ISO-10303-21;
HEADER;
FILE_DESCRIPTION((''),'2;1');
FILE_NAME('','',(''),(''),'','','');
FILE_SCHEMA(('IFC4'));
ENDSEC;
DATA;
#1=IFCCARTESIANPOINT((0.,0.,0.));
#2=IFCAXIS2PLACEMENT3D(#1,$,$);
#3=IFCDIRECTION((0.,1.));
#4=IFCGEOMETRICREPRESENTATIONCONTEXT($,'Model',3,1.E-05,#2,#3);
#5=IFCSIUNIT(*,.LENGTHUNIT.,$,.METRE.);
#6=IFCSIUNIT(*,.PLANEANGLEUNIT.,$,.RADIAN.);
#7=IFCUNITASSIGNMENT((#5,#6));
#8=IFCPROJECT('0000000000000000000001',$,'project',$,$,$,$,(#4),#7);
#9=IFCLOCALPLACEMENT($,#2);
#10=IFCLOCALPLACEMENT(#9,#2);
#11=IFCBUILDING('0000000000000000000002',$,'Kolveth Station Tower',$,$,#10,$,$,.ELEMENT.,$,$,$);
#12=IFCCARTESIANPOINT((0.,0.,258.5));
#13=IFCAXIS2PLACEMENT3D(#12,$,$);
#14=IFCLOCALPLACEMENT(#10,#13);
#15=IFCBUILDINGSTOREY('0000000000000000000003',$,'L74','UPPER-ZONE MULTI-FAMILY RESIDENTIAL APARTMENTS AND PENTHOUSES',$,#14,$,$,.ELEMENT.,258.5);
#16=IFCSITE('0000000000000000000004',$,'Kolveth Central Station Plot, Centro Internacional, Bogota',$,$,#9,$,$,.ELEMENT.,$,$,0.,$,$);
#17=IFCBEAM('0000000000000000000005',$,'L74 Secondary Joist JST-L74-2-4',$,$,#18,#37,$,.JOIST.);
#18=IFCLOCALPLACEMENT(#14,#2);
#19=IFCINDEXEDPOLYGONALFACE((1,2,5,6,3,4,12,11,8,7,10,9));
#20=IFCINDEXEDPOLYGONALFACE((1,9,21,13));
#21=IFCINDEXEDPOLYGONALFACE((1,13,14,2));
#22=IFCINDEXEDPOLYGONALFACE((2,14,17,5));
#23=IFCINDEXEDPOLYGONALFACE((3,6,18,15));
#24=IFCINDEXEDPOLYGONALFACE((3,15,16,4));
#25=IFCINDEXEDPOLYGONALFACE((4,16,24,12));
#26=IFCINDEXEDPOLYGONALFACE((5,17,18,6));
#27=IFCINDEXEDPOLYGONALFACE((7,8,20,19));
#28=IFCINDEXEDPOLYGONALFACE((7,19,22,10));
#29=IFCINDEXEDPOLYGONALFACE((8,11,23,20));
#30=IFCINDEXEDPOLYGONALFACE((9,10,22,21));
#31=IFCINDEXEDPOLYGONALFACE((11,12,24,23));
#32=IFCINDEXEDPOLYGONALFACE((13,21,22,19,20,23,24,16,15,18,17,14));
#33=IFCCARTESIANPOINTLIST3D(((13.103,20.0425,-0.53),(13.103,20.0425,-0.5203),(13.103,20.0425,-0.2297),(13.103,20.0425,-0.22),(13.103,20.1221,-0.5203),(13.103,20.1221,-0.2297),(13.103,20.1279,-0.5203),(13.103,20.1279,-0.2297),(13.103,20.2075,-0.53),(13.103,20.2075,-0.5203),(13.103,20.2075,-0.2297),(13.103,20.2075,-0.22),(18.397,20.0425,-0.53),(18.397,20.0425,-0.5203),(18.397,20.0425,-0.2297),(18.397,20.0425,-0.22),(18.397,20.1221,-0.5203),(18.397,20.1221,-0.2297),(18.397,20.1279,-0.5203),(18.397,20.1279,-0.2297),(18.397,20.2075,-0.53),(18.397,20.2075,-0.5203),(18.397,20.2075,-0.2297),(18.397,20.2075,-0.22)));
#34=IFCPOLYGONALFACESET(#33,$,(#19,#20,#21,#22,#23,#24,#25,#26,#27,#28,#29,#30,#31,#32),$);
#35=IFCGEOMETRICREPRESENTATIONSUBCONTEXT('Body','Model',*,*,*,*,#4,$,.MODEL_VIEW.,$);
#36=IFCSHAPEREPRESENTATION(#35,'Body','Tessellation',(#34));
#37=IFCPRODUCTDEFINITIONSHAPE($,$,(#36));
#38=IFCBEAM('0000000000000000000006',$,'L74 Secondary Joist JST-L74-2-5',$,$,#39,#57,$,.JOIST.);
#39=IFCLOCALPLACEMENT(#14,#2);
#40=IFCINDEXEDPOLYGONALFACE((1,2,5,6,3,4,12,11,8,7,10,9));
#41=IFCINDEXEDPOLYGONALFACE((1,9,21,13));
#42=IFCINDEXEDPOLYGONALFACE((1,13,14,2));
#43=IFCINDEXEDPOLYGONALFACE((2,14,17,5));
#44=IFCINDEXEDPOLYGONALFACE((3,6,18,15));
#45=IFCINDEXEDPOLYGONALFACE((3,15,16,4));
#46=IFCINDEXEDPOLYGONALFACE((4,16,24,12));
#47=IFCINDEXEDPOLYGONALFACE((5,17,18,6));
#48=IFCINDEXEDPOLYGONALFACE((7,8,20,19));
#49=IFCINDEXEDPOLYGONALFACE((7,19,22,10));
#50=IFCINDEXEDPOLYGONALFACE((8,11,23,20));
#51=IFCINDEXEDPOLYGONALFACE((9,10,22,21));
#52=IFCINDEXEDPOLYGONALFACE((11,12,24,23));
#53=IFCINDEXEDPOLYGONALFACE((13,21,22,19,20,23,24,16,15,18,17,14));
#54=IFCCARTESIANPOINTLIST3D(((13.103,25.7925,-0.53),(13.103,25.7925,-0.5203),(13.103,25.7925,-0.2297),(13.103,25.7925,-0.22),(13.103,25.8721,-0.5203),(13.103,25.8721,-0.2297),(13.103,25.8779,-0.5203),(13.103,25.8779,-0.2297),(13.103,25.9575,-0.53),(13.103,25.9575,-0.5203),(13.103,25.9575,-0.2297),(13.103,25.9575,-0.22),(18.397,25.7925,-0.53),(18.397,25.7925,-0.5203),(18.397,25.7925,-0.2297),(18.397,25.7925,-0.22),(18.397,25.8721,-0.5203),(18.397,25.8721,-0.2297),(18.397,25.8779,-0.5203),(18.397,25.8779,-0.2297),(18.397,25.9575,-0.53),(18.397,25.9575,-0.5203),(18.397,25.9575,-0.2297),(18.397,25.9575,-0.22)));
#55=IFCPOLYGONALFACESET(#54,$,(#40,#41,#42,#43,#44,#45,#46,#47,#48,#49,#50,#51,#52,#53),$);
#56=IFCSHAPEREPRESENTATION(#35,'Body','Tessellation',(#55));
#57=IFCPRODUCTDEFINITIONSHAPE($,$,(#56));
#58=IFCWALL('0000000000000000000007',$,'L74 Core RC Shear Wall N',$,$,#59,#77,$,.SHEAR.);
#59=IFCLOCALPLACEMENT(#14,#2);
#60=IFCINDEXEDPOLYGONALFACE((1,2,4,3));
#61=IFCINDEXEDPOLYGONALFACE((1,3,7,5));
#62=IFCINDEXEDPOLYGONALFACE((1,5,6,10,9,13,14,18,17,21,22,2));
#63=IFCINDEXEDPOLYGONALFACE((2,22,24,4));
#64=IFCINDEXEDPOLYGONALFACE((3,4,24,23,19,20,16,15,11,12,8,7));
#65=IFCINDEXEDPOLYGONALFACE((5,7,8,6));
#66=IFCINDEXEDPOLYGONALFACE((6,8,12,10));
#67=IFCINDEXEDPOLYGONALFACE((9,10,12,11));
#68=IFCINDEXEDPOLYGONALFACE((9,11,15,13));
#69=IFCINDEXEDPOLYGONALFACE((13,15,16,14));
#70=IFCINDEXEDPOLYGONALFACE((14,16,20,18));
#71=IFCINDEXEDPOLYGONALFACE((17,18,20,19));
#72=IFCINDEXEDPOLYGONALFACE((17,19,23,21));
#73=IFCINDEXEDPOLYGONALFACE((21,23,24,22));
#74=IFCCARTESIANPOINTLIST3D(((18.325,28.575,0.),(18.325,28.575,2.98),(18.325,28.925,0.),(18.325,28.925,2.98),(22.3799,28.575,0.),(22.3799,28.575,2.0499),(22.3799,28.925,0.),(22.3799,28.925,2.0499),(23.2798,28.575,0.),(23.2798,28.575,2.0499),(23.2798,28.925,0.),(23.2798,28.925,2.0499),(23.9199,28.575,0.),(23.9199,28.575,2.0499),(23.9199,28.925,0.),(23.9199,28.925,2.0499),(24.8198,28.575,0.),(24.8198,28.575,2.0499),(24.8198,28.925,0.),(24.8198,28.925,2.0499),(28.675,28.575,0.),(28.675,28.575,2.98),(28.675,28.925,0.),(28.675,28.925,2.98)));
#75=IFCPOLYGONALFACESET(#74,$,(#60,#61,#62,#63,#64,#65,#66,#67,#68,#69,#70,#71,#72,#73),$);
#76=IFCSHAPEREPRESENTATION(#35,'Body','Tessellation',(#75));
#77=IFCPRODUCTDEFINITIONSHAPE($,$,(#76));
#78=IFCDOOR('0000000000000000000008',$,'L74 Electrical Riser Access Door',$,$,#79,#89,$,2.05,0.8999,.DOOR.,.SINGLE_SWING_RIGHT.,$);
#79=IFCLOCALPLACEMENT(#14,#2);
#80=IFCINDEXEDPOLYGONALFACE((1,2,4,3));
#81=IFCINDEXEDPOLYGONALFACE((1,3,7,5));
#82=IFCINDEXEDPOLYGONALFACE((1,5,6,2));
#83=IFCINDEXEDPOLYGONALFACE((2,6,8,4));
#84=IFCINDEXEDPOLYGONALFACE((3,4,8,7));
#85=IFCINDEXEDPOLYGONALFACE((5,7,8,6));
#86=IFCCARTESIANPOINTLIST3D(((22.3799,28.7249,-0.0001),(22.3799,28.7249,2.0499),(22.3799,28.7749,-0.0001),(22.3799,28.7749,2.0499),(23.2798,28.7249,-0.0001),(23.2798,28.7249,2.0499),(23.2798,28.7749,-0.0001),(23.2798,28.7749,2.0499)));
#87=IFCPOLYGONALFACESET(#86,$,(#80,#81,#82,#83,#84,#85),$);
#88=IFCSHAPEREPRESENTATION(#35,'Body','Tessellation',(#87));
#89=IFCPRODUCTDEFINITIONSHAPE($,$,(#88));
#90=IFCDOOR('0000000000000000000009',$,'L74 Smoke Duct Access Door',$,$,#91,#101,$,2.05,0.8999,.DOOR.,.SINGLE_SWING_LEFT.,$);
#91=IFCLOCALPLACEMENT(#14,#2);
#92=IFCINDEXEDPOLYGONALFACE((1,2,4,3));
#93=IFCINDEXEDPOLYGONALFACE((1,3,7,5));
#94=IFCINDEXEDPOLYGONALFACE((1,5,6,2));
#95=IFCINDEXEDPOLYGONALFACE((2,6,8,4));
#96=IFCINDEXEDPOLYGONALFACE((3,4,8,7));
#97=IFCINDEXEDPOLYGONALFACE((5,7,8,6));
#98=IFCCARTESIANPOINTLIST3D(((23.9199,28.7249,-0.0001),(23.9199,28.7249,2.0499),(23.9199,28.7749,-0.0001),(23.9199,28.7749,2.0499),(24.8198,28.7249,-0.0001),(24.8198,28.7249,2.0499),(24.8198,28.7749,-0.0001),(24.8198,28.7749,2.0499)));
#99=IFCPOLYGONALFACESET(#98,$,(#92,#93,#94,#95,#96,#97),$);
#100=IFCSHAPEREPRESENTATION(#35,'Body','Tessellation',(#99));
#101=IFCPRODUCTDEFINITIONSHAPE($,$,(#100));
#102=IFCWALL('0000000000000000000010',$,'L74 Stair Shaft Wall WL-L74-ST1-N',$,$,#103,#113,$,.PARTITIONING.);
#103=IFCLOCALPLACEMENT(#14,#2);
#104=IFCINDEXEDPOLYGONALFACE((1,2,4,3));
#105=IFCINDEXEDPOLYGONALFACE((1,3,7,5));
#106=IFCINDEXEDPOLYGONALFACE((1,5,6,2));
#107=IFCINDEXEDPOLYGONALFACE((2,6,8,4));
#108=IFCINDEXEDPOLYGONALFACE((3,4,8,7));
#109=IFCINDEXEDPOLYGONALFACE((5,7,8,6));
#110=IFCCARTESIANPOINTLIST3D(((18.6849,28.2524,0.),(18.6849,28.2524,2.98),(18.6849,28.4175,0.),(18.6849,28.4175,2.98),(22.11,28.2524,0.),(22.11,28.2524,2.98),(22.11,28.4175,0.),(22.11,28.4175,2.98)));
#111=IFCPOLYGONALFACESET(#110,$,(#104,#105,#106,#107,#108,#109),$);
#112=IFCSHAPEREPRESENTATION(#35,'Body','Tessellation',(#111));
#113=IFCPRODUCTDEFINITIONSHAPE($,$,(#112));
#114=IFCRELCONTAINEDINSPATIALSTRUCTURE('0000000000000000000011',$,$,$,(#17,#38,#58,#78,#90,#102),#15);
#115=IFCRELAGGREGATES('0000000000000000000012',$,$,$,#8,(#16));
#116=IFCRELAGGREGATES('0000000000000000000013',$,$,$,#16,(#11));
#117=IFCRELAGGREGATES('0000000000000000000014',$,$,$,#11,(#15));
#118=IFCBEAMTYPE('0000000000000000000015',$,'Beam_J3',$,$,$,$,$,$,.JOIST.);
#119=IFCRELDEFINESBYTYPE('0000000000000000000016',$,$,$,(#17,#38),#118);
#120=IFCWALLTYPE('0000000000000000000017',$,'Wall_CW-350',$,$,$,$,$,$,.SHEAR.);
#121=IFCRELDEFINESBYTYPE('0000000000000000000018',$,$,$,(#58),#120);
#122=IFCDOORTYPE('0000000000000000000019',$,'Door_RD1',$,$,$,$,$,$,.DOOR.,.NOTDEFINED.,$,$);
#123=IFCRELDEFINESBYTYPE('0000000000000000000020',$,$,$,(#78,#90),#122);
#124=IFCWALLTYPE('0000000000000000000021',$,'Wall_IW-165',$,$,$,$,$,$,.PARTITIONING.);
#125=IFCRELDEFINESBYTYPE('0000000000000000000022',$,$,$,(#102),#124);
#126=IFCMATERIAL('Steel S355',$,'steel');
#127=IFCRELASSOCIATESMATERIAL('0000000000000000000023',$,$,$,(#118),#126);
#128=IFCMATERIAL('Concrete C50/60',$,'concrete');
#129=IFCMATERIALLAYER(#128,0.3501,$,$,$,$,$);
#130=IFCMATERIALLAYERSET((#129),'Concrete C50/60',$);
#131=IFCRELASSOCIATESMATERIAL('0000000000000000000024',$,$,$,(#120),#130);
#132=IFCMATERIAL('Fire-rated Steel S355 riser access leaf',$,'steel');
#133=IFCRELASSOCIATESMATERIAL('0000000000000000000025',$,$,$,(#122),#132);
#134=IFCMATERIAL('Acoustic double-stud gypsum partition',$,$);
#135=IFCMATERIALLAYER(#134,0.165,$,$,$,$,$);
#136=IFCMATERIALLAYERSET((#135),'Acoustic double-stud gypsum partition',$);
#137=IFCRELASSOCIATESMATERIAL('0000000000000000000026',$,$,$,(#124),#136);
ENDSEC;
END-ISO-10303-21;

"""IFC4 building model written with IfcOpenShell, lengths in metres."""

from ifc_helpers import new_model, si_unit, direction, frame, frame_2d, origin, origin_2d, place, context, subcontext, project, spatial, rectangle, i_section, extrude, source, transform, mapped, material, layer, layer_set, material_profile, profile_set, type_object, element, fill, save


model = new_model("IFC4")

# Units and contexts
model_context = context("Model", 3, precision=1e-05, world=origin(), true_north=direction((0.0, 1.0)))
body_context = subcontext(model_context, "Body", "Model", "MODEL_VIEW")
ifc_project = project(units=[si_unit("LENGTHUNIT", "METRE"), si_unit("PLANEANGLEUNIT", "RADIAN")], contexts=[model_context])

# Site, building, storey
site_placement = place(None, origin())
site = spatial("IfcSite", under=ifc_project, at=site_placement, Name="Kolveth Central Station Plot, Centro Internacional, Bogota", CompositionType="ELEMENT", RefElevation=0.0)
building_placement = place(site_placement, origin())
building = spatial("IfcBuilding", under=site, at=building_placement, Name="Kolveth Station Tower", CompositionType="ELEMENT")
storey_placement = place(building_placement, frame((0.0, 0.0, 258.5)))
storey = spatial("IfcBuildingStorey", under=building, at=storey_placement, Name="L74", Description="UPPER-ZONE MULTI-FAMILY RESIDENTIAL APARTMENTS AND PENTHOUSES", CompositionType="ELEMENT", Elevation=258.5)

# Shared definitions
ifc_material_1 = material(Name="Steel S355", Category="steel")

# Beams
ifc_material_profile_1 = material_profile(ifc_material_1, i_section(OverallWidth=0.165, OverallDepth=0.3101, WebThickness=0.0059, FlangeThickness=0.0098, at=origin_2d()), Name="W310x39")
ifc_profile_set_1 = profile_set([ifc_material_profile_1], Name="Steel S355")
beam_type_1 = type_object("IfcBeamType", Name="Beam_J3", PredefinedType="JOIST", material=ifc_profile_set_1)
shared_shape_1 = source(origin(), body_context, "Body", "SweptSolid", [
    extrude(i_section(OverallWidth=0.165, OverallDepth=0.3101, WebThickness=0.0059, FlangeThickness=0.0098, at=origin_2d()), origin(), (0.0, 0.0, 1.0), 5.2939),
])
for number, where, z_axis, x_axis, name in (
    (1, (13.103, 20.125, -0.375), (1.0, 0.0, 0.0), (0.0, 1.0, 0.0), "L74 Secondary Joist JST-L74-2-4"),
    (2, (13.103, 25.875, -0.375), (1.0, 0.0, 0.0), (0.0, 1.0, 0.0), "L74 Secondary Joist JST-L74-2-5"),
):
    element("IfcBeam", number, at=place(storey_placement, frame(where, z_axis=z_axis, x_axis=x_axis)), inside=storey, type_object=beam_type_1, Name=name, PredefinedType="JOIST", context=body_context, shape_type="MappedRepresentation", body=[
        mapped(shared_shape_1, transform((0.0, 0.0, 0.0), x_axis=(1.0, 0.0, 0.0), y_axis=(0.0, 1.0, 0.0), z_axis=(0.0, 0.0, 1.0), scale=1.0)),
    ])

# Wall, openings, doors
ifc_material_2 = material(Name="Concrete C50/60", Category="concrete")
ifc_layer_1 = layer(ifc_material_2, 0.3501)
ifc_layer_set_1 = layer_set([ifc_layer_1], Name="Concrete C50/60")
wall_type_1 = type_object("IfcWallType", Name="Wall_CW-350", PredefinedType="SHEAR", material=ifc_layer_set_1)
wall_1_placement = place(storey_placement, frame((18.325, 28.75, 0.0), z_axis=(0.0, 0.0, 1.0), x_axis=(1.0, 0.0, 0.0)))
wall_1 = element("IfcWall", 3, at=wall_1_placement, inside=storey, type_object=wall_type_1, Name="L74 Core RC Shear Wall N", PredefinedType="SHEAR", context=body_context, shape_type="SweptSolid", body=[
    extrude(rectangle(XDim=10.3501, YDim=0.3501, at=frame_2d((5.175, 0.0))), origin(), (0.0, 0.0, 1.0), 2.98),
])
opening_1_placement = place(wall_1_placement, frame((4.0549, 0.0, 0.0)))
opening_1 = element("IfcOpeningElement", 4, at=opening_1_placement, cuts=wall_1, PredefinedType="OPENING", context=body_context, shape_type="SweptSolid", body=[
    extrude(rectangle(XDim=0.8999, YDim=2.05, at=frame_2d((0.45, 1.0249))), frame((0.0, 0.1851, 0.0), z_axis=(0.0, -1.0, 0.0), x_axis=(1.0, 0.0, 0.0)), (0.0, 0.0, 1.0), 0.3701),
])
opening_2_placement = place(wall_1_placement, frame((5.595, 0.0, 0.0)))
opening_2 = element("IfcOpeningElement", 5, at=opening_2_placement, cuts=wall_1, PredefinedType="OPENING", context=body_context, shape_type="SweptSolid", body=[
    extrude(rectangle(XDim=0.8999, YDim=2.05, at=frame_2d((0.45, 1.0249))), frame((0.0, 0.1851, 0.0), z_axis=(0.0, -1.0, 0.0), x_axis=(1.0, 0.0, 0.0)), (0.0, 0.0, 1.0), 0.3701),
])
ifc_material_3 = material(Name="Fire-rated Steel S355 riser access leaf", Category="steel")
door_type_1 = type_object("IfcDoorType", Name="Door_RD1", OperationType="NOTDEFINED", PredefinedType="DOOR", material=ifc_material_3)
door_1_placement = place(opening_1_placement, origin())
door_1 = element("IfcDoor", 6, at=door_1_placement, inside=storey, type_object=door_type_1, Name="L74 Electrical Riser Access Door", OperationType="SINGLE_SWING_RIGHT", OverallHeight=2.05, OverallWidth=0.8999, PredefinedType="DOOR", context=body_context, shape_type="SweptSolid", body=[
    extrude(rectangle(XDim=0.8999, YDim=2.05, at=frame_2d((0.45, 1.0249))), frame((0.0, 0.0249, 0.0), z_axis=(0.0, -1.0, 0.0), x_axis=(1.0, 0.0, 0.0)), (0.0, 0.0, 1.0), 0.05),
])
fill(opening_1, door_1)
door_2_placement = place(opening_2_placement, origin())
door_2 = element("IfcDoor", 7, at=door_2_placement, inside=storey, type_object=door_type_1, Name="L74 Smoke Duct Access Door", OperationType="SINGLE_SWING_LEFT", OverallHeight=2.05, OverallWidth=0.8999, PredefinedType="DOOR", context=body_context, shape_type="SweptSolid", body=[
    extrude(rectangle(XDim=0.8999, YDim=2.05, at=frame_2d((0.45, 1.0249))), frame((0.0, 0.0249, 0.0), z_axis=(0.0, -1.0, 0.0), x_axis=(1.0, 0.0, 0.0)), (0.0, 0.0, 1.0), 0.05),
])
fill(opening_2, door_2)

# Wall
ifc_material_4 = material(Name="Acoustic double-stud gypsum partition")
ifc_layer_2 = layer(ifc_material_4, 0.165)
ifc_layer_set_2 = layer_set([ifc_layer_2], Name="Acoustic double-stud gypsum partition")
wall_type_2 = type_object("IfcWallType", Name="Wall_IW-165", PredefinedType="PARTITIONING", material=ifc_layer_set_2)
wall_2_placement = place(storey_placement, frame((18.6851, 28.335, 0.0), z_axis=(0.0, 0.0, 1.0), x_axis=(1.0, 0.0, 0.0)))
element("IfcWall", 8, at=wall_2_placement, inside=storey, type_object=wall_type_2, Name="L74 Stair Shaft Wall WL-L74-ST1-N", PredefinedType="PARTITIONING", context=body_context, shape_type="SweptSolid", body=[
    extrude(rectangle(XDim=3.425, YDim=0.165, at=frame_2d((1.7124, 0.0))), origin(), (0.0, 0.0, 1.0), 2.98),
])

save(model, "model.ifc")
